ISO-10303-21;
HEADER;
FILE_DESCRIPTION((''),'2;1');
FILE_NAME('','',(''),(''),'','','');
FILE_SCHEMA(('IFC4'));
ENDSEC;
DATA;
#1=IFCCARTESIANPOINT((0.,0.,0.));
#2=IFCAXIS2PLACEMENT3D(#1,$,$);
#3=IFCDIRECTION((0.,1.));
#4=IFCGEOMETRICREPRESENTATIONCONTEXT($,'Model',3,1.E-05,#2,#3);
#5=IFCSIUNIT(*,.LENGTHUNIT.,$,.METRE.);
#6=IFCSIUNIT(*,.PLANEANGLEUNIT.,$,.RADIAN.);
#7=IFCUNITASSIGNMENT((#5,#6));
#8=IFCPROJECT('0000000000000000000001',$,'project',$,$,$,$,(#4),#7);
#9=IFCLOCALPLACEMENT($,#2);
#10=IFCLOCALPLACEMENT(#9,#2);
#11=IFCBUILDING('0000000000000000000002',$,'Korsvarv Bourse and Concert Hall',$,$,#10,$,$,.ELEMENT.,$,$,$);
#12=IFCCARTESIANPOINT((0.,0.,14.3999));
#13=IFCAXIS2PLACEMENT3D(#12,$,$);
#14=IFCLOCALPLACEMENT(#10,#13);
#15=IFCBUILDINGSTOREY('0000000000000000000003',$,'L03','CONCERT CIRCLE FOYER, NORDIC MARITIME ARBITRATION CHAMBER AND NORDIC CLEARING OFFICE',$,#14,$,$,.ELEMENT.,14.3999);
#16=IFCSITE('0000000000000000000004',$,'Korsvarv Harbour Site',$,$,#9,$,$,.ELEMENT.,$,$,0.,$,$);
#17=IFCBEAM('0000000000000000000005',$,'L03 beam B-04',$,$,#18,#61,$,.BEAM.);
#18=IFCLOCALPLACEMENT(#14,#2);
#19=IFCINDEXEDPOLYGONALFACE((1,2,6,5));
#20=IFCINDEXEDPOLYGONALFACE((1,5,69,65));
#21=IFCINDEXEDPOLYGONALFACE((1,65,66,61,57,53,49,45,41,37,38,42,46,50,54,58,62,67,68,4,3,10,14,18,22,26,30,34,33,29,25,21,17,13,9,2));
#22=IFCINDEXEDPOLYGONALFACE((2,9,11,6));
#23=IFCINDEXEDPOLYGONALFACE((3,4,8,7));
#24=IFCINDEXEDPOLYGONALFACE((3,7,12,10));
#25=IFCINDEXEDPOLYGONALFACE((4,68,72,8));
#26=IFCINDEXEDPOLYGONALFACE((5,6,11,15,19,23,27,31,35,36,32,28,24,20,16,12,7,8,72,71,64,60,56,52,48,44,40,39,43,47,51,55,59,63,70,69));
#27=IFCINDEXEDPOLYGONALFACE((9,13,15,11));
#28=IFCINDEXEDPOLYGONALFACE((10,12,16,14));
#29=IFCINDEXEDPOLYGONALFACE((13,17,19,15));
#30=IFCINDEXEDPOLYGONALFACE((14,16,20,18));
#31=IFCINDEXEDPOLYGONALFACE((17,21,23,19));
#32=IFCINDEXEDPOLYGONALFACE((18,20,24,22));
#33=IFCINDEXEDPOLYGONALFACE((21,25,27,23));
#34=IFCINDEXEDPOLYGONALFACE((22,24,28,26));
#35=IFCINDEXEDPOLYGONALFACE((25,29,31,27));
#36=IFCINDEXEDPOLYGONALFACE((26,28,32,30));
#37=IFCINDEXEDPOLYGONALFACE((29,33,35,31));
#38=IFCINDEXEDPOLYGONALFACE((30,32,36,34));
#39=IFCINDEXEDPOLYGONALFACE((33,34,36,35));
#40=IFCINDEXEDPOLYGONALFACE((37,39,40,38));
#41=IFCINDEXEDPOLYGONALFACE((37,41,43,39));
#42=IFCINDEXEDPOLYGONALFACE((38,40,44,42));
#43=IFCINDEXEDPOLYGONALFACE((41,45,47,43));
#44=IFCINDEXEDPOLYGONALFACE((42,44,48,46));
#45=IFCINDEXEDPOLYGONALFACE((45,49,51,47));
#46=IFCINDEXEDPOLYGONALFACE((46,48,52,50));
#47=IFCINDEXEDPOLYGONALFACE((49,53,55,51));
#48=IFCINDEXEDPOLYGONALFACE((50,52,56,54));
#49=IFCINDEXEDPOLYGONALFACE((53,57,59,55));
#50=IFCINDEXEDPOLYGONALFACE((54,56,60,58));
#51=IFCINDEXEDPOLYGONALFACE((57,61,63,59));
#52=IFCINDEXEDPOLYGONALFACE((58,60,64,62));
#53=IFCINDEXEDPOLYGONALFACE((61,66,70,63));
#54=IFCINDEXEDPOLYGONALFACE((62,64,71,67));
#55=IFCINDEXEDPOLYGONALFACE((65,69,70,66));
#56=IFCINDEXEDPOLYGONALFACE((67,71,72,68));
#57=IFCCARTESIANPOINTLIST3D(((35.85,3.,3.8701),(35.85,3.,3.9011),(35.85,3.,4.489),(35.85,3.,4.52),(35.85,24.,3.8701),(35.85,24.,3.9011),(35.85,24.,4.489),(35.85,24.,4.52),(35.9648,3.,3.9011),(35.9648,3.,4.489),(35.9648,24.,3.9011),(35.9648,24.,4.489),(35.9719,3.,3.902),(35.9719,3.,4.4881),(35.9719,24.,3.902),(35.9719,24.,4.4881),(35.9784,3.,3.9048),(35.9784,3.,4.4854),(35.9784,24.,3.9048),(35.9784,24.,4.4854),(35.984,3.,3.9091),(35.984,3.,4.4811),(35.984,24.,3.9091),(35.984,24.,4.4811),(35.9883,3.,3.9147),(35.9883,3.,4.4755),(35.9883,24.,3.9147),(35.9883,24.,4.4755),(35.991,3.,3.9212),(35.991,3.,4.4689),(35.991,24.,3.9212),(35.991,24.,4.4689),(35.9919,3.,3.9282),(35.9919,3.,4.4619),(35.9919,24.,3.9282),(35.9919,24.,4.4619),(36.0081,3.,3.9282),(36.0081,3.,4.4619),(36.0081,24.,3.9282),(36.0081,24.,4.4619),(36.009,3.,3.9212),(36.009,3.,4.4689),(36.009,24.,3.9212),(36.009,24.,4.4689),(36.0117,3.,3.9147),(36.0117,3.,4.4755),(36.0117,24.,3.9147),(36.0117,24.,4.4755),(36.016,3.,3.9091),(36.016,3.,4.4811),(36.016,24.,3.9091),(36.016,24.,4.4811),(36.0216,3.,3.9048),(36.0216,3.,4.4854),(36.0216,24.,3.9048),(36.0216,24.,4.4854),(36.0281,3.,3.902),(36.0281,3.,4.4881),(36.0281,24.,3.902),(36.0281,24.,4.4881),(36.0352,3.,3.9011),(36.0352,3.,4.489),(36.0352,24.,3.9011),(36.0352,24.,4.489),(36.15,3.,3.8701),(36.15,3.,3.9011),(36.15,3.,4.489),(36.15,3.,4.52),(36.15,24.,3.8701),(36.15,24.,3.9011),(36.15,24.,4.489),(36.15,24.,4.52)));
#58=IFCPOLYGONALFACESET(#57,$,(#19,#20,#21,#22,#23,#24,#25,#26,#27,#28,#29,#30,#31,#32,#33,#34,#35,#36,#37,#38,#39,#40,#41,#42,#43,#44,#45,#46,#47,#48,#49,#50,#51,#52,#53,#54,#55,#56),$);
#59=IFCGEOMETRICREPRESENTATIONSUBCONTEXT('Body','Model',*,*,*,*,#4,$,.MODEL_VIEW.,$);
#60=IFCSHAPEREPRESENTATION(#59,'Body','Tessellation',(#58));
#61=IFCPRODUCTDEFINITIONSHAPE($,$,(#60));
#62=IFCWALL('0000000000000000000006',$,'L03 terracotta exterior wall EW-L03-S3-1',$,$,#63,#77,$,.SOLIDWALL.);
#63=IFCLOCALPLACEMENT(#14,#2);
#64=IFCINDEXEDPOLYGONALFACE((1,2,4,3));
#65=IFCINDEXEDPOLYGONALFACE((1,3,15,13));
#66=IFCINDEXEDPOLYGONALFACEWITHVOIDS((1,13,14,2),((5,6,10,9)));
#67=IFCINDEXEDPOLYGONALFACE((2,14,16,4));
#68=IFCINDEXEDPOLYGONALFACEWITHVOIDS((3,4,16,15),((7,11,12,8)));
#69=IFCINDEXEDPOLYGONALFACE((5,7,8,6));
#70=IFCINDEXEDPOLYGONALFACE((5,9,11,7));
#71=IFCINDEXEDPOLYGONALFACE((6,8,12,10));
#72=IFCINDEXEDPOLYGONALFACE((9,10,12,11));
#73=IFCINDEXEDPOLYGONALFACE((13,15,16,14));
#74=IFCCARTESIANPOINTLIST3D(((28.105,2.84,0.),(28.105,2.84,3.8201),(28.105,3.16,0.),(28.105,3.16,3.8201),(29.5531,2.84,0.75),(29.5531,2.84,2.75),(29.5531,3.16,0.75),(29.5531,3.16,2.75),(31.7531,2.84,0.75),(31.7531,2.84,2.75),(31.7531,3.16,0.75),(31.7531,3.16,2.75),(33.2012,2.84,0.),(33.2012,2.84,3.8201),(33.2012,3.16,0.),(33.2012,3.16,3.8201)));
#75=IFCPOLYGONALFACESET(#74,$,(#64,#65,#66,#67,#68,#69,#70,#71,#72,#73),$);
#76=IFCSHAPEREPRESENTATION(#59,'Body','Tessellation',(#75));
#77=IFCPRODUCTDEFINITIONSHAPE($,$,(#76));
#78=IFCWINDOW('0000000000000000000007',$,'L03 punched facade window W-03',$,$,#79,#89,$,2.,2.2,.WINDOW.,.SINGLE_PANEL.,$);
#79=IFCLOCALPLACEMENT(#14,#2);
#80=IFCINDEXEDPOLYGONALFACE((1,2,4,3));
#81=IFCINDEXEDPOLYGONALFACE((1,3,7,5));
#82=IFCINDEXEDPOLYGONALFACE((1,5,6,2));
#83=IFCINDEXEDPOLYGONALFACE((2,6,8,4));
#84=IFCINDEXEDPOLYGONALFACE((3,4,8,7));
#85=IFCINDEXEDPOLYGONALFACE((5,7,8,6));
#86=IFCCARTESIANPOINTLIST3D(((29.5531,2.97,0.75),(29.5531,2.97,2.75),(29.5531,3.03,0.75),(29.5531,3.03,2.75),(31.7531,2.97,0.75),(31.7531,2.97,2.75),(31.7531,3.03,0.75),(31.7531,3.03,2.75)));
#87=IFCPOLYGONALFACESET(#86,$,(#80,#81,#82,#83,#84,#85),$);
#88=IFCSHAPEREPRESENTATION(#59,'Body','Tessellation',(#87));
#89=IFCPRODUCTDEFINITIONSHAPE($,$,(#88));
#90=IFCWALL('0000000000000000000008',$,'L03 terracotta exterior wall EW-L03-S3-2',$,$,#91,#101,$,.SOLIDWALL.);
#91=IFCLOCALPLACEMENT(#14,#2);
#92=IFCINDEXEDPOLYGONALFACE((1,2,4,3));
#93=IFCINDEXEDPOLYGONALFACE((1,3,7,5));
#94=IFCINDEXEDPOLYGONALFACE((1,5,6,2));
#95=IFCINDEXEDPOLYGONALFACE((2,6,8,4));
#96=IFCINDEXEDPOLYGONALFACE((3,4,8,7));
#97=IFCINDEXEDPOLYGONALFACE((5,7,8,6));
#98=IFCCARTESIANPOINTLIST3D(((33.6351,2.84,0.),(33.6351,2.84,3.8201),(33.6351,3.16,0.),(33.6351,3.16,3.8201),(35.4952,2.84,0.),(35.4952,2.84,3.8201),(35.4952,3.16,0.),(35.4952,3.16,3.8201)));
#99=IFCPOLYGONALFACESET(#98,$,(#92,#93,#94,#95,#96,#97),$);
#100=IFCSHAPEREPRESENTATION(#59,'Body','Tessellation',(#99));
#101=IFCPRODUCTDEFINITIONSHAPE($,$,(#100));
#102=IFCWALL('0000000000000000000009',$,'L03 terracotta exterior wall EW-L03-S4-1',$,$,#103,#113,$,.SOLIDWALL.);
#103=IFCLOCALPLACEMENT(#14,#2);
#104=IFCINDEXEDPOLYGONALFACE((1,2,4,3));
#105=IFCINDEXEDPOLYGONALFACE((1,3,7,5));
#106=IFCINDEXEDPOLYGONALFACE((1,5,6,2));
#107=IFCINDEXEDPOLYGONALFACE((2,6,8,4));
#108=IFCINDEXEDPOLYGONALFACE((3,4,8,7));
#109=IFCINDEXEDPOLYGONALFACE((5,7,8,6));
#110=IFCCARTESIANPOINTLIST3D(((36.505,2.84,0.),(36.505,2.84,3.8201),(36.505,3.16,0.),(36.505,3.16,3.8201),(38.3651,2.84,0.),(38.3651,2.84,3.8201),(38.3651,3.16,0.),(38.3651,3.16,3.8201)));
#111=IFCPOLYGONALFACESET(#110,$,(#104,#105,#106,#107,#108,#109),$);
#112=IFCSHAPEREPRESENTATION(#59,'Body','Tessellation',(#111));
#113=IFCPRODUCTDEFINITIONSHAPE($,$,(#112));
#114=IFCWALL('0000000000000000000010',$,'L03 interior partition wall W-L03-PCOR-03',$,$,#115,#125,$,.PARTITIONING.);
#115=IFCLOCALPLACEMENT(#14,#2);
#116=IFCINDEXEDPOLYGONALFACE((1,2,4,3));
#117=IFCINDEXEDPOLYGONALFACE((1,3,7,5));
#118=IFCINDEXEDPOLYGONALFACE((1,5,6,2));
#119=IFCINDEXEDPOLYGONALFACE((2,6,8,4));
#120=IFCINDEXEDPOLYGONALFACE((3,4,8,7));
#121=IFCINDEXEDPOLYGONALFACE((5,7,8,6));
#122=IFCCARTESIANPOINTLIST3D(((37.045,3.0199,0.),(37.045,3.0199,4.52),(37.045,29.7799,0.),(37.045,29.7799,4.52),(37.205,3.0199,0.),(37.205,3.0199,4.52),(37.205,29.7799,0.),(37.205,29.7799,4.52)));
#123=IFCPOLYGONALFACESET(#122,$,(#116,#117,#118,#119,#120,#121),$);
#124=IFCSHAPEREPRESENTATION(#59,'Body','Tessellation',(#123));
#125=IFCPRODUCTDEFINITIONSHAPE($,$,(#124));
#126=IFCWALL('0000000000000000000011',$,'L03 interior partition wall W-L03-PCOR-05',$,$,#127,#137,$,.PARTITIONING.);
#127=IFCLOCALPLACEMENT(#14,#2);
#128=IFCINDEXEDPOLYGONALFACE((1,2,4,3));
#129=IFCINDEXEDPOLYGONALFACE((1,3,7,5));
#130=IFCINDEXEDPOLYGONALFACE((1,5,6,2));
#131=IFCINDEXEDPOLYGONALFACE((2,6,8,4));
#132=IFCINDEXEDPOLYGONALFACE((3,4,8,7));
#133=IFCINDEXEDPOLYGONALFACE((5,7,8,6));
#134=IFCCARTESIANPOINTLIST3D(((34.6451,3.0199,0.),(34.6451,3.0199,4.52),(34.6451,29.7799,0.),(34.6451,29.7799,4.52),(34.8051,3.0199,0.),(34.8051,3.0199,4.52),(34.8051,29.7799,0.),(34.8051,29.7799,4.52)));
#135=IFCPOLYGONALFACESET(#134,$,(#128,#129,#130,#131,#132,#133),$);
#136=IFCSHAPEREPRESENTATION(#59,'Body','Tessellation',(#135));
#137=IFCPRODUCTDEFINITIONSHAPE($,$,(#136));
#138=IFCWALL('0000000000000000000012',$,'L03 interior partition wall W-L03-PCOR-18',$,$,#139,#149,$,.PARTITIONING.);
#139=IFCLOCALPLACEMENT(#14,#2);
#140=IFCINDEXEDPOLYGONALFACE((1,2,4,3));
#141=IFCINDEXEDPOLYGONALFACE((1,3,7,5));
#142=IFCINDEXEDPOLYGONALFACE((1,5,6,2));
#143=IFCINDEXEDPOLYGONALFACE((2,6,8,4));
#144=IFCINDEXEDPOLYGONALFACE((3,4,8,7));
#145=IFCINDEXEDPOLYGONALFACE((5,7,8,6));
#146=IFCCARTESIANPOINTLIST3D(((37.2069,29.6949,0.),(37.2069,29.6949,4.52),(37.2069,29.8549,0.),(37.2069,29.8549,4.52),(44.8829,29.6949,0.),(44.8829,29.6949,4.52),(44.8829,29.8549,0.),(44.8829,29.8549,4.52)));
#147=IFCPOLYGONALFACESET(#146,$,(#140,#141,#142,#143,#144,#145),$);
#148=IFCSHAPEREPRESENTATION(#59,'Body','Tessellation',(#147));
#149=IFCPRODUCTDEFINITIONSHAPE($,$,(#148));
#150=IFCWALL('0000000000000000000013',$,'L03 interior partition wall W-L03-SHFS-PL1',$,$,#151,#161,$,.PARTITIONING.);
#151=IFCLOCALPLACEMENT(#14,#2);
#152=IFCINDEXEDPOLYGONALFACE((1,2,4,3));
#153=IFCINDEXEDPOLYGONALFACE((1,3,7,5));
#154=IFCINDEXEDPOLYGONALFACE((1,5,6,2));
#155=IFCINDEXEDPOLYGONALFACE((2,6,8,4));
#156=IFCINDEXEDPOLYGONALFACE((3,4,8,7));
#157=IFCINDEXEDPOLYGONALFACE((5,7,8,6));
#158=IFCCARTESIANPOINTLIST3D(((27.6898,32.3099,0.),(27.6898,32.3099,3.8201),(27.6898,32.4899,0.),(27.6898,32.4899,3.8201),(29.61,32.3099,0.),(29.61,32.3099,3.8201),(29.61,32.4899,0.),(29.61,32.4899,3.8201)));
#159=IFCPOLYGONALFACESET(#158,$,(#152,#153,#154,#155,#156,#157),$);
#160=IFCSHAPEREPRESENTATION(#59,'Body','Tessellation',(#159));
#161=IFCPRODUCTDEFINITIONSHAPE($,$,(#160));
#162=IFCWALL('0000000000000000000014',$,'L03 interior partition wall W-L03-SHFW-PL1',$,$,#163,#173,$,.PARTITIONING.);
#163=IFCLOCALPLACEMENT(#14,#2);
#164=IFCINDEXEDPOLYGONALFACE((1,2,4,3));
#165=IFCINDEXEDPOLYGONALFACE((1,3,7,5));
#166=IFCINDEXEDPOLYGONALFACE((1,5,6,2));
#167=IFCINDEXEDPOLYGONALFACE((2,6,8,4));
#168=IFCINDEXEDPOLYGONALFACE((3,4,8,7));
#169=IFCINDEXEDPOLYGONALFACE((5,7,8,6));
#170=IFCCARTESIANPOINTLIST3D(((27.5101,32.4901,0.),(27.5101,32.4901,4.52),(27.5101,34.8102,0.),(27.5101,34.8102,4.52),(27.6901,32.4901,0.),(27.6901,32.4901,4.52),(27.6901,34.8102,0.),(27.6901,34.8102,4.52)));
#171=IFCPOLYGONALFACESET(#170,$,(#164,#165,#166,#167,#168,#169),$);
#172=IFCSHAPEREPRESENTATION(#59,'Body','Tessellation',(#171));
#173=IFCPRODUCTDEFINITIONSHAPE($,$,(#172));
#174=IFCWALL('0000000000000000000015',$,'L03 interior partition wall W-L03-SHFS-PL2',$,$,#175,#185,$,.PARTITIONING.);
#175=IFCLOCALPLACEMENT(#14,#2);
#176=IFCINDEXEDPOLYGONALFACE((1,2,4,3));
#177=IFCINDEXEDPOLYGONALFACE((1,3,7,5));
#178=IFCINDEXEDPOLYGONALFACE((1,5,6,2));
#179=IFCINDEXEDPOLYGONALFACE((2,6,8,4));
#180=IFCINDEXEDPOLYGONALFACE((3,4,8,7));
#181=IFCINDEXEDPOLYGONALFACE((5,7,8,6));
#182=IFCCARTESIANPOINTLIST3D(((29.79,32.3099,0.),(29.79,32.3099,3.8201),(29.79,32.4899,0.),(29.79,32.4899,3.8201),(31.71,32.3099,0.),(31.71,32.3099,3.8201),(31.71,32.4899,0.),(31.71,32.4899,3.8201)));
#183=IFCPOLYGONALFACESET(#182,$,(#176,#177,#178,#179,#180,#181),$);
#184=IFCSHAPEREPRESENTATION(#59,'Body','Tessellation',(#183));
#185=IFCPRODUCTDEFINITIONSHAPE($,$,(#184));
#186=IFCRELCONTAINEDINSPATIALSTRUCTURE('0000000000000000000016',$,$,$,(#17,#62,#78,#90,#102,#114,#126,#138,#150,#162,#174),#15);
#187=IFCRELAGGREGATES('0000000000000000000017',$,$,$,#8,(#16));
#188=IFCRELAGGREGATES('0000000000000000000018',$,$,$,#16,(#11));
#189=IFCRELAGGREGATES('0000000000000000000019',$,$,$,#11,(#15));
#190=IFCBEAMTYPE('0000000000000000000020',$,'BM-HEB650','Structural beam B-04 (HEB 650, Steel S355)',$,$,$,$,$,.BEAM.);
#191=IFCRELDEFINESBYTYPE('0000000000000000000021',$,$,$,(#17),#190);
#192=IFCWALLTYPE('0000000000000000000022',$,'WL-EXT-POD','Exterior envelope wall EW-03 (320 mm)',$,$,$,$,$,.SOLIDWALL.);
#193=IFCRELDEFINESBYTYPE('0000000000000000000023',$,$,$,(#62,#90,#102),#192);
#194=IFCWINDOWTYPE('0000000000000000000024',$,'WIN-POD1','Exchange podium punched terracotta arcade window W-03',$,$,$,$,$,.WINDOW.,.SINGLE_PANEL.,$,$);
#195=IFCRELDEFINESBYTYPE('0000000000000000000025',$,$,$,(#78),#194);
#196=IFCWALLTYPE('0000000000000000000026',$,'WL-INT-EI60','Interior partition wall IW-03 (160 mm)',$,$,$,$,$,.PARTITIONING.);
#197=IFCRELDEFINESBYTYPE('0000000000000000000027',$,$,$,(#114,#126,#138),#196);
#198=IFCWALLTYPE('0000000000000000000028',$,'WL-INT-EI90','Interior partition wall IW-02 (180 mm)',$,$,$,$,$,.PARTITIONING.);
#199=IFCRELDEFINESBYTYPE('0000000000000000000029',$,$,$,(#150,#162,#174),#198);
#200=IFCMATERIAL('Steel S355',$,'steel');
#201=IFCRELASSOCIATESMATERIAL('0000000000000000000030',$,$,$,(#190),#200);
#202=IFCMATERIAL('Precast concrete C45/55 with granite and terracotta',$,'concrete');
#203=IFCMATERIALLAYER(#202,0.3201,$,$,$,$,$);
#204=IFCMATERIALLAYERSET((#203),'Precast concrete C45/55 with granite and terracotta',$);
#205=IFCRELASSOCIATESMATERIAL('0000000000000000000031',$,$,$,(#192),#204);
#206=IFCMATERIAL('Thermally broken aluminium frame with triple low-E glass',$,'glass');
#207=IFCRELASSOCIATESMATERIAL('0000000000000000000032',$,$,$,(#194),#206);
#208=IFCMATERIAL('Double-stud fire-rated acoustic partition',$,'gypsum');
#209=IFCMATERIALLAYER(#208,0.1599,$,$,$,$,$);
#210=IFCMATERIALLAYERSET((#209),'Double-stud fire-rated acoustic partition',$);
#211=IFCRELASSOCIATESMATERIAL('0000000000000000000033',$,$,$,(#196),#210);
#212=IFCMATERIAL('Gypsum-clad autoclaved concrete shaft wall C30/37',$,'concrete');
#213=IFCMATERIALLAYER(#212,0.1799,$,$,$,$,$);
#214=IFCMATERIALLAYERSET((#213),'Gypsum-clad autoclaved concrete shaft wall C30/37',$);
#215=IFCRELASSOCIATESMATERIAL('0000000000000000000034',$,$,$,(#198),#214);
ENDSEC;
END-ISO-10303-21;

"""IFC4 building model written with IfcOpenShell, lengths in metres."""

from ifc_helpers import new_model, si_unit, direction, frame, frame_2d, origin, origin_2d, place, context, subcontext, project, spatial, rectangle, i_section, extrude, source, transform, mapped, material, layer, layer_set, material_profile, profile_set, type_object, element, fill, save


model = new_model("IFC4")

# Units and contexts
model_context = context("Model", 3, precision=1e-05, world=origin(), true_north=direction((0.0, 1.0)))
body_context = subcontext(model_context, "Body", "Model", "MODEL_VIEW")
ifc_project = project(units=[si_unit("LENGTHUNIT", "METRE"), si_unit("PLANEANGLEUNIT", "RADIAN")], contexts=[model_context])

# Site, building, storey
site_placement = place(None, origin())
site = spatial("IfcSite", under=ifc_project, at=site_placement, Name="Korsvarv Harbour Site", CompositionType="ELEMENT", RefElevation=0.0)
building_placement = place(site_placement, origin())
building = spatial("IfcBuilding", under=site, at=building_placement, Name="Korsvarv Bourse and Concert Hall", CompositionType="ELEMENT")
storey_placement = place(building_placement, frame((0.0, 0.0, 14.3999)))
storey = spatial("IfcBuildingStorey", under=building, at=storey_placement, Name="L03", Description="CONCERT CIRCLE FOYER, NORDIC MARITIME ARBITRATION CHAMBER AND NORDIC CLEARING OFFICE", CompositionType="ELEMENT", Elevation=14.3999)

# Beam
ifc_material_1 = material(Name="Steel S355", Category="steel")
ifc_material_profile_1 = material_profile(ifc_material_1, i_section(OverallWidth=0.3, OverallDepth=0.6499, WebThickness=0.0161, FlangeThickness=0.031, FilletRadius=0.0271, at=origin_2d()), Name="HEB 650")
ifc_profile_set_1 = profile_set([ifc_material_profile_1], Name="Steel S355")
beam_type_1 = type_object("IfcBeamType", Name="BM-HEB650", Description="Structural beam B-04 (HEB 650, Steel S355)", PredefinedType="BEAM", material=ifc_profile_set_1)
shared_shape_1 = source(origin(), body_context, "Body", "SweptSolid", [
    extrude(i_section(OverallWidth=0.3, OverallDepth=0.6499, WebThickness=0.0161, FlangeThickness=0.031, FilletRadius=0.0271, at=origin_2d()), origin(), (0.0, 0.0, 1.0), 21.0),
])
for number, where, z_axis, x_axis, name in (
    (1, (36.0, 3.0, 4.1951), (0.0, 1.0, 0.0), (-1.0, 0.0, 0.0), "L03 beam B-04"),
):
    element("IfcBeam", number, at=place(storey_placement, frame(where, z_axis=z_axis, x_axis=x_axis)), inside=storey, type_object=beam_type_1, Name=name, PredefinedType="BEAM", context=body_context, shape_type="MappedRepresentation", body=[
        mapped(shared_shape_1, transform((0.0, 0.0, 0.0), scale=1.0)),
    ])

# Wall, opening, window
ifc_material_2 = material(Name="Precast concrete C45/55 with granite and terracotta", Category="concrete")
ifc_layer_1 = layer(ifc_material_2, 0.3201)
ifc_layer_set_1 = layer_set([ifc_layer_1], Name="Precast concrete C45/55 with granite and terracotta")
wall_type_1 = type_object("IfcWallType", Name="WL-EXT-POD", Description="Exterior envelope wall EW-03 (320 mm)", PredefinedType="SOLIDWALL", material=ifc_layer_set_1)
wall_1_placement = place(storey_placement, frame((28.105, 3.0, 0.0), z_axis=(0.0, 0.0, 1.0), x_axis=(1.0, 0.0, 0.0)))
wall_1 = element("IfcWall", 2, at=wall_1_placement, inside=storey, type_object=wall_type_1, Name="L03 terracotta exterior wall EW-L03-S3-1", PredefinedType="SOLIDWALL", context=body_context, shape_type="SweptSolid", body=[
    extrude(rectangle(XDim=5.0962, YDim=0.3201, at=frame_2d((2.5481, 0.0))), origin(), (0.0, 0.0, 1.0), 3.8201),
])
opening_placement = place(wall_1_placement, frame((1.448, 0.0, 0.75)))
opening = element("IfcOpeningElement", 3, at=opening_placement, cuts=wall_1, PredefinedType="OPENING", context=body_context, shape_type="SweptSolid", body=[
    extrude(rectangle(XDim=2.2, YDim=2.0, at=frame_2d((1.1001, 1.0))), frame((0.0, 0.1699, 0.0), z_axis=(0.0, -1.0, 0.0), x_axis=(1.0, 0.0, 0.0)), (0.0, 0.0, 1.0), 0.3401),
])
ifc_material_3 = material(Name="Thermally broken aluminium frame with triple low-E glass", Category="glass")
window_type = type_object("IfcWindowType", Name="WIN-POD1", Description="Exchange podium punched terracotta arcade window W-03", PartitioningType="SINGLE_PANEL", PredefinedType="WINDOW", material=ifc_material_3)
window_placement = place(opening_placement, origin())
window = element("IfcWindow", 4, at=window_placement, inside=storey, type_object=window_type, Name="L03 punched facade window W-03", OverallHeight=2.0, OverallWidth=2.2, PartitioningType="SINGLE_PANEL", PredefinedType="WINDOW", context=body_context, shape_type="SweptSolid", body=[
    extrude(rectangle(XDim=2.2, YDim=2.0, at=frame_2d((1.1001, 1.0))), frame((0.0, 0.03, 0.0), z_axis=(0.0, -1.0, 0.0), x_axis=(1.0, 0.0, 0.0)), (0.0, 0.0, 1.0), 0.0601),
])
fill(opening, window)

# Walls
for number, where, z_axis, x_axis, name in (
    (5, (33.635, 3.0, 0.0), (0.0, 0.0, 1.0), (1.0, 0.0, 0.0), "L03 terracotta exterior wall EW-L03-S3-2"),
    (6, (36.5049, 3.0, 0.0), (0.0, 0.0, 1.0), (1.0, 0.0, 0.0), "L03 terracotta exterior wall EW-L03-S4-1"),
):
    element("IfcWall", number, at=place(storey_placement, frame(where, z_axis=z_axis, x_axis=x_axis)), inside=storey, type_object=wall_type_1, Name=name, PredefinedType="SOLIDWALL", context=body_context, shape_type="SweptSolid", body=[
        extrude(rectangle(XDim=1.8601, YDim=0.3201, at=frame_2d((0.9302, 0.0))), origin(), (0.0, 0.0, 1.0), 3.8201),
    ])
ifc_material_4 = material(Name="Double-stud fire-rated acoustic partition", Category="gypsum")
ifc_layer_2 = layer(ifc_material_4, 0.1599)
ifc_layer_set_2 = layer_set([ifc_layer_2], Name="Double-stud fire-rated acoustic partition")
wall_type_2 = type_object("IfcWallType", Name="WL-INT-EI60", Description="Interior partition wall IW-03 (160 mm)", PredefinedType="PARTITIONING", material=ifc_layer_set_2)
for number, where, z_axis, x_axis, name in (
    (7, (37.125, 3.02, 0.0), (0.0, 0.0, 1.0), (0.0, 1.0, 0.0), "L03 interior partition wall W-L03-PCOR-03"),
    (8, (34.7251, 3.02, 0.0), (0.0, 0.0, 1.0), (0.0, 1.0, 0.0), "L03 interior partition wall W-L03-PCOR-05"),
):
    element("IfcWall", number, at=place(storey_placement, frame(where, z_axis=z_axis, x_axis=x_axis)), inside=storey, type_object=wall_type_2, Name=name, PredefinedType="PARTITIONING", context=body_context, shape_type="SweptSolid", body=[
        extrude(rectangle(XDim=26.76, YDim=0.1599, at=frame_2d((13.3799, 0.0))), origin(), (0.0, 0.0, 1.0), 4.52),
    ])
wall_2_placement = place(storey_placement, frame((37.207, 29.7749, 0.0), z_axis=(0.0, 0.0, 1.0), x_axis=(1.0, 0.0, 0.0)))
element("IfcWall", 9, at=wall_2_placement, inside=storey, type_object=wall_type_2, Name="L03 interior partition wall W-L03-PCOR-18", PredefinedType="PARTITIONING", context=body_context, shape_type="SweptSolid", body=[
    extrude(rectangle(XDim=7.676, YDim=0.1599, at=frame_2d((3.8379, 0.0))), origin(), (0.0, 0.0, 1.0), 4.52),
])
ifc_material_5 = material(Name="Gypsum-clad autoclaved concrete shaft wall C30/37", Category="concrete")
ifc_layer_3 = layer(ifc_material_5, 0.1799)
ifc_layer_set_3 = layer_set([ifc_layer_3], Name="Gypsum-clad autoclaved concrete shaft wall C30/37")
wall_type_3 = type_object("IfcWallType", Name="WL-INT-EI90", Description="Interior partition wall IW-02 (180 mm)", PredefinedType="PARTITIONING", material=ifc_layer_set_3)
wall_3_placement = place(storey_placement, frame((27.6899, 32.3999, 0.0), z_axis=(0.0, 0.0, 1.0), x_axis=(1.0, 0.0, 0.0)))
element("IfcWall", 10, at=wall_3_placement, inside=storey, type_object=wall_type_3, Name="L03 interior partition wall W-L03-SHFS-PL1", PredefinedType="PARTITIONING", context=body_context, shape_type="SweptSolid", body=[
    extrude(rectangle(XDim=1.9202, YDim=0.1799, at=frame_2d((0.96, 0.0))), origin(), (0.0, 0.0, 1.0), 3.8201),
])
wall_4_placement = place(storey_placement, frame((27.6001, 32.49, 0.0), z_axis=(0.0, 0.0, 1.0), x_axis=(0.0, 1.0, 0.0)))
element("IfcWall", 11, at=wall_4_placement, inside=storey, type_object=wall_type_3, Name="L03 interior partition wall W-L03-SHFW-PL1", PredefinedType="PARTITIONING", context=body_context, shape_type="SweptSolid", body=[
    extrude(rectangle(XDim=2.3201, YDim=0.1799, at=frame_2d((1.1602, 0.0))), origin(), (0.0, 0.0, 1.0), 4.52),
])
wall_5_placement = place(storey_placement, frame((29.79, 32.3999, 0.0), z_axis=(0.0, 0.0, 1.0), x_axis=(1.0, 0.0, 0.0)))
element("IfcWall", 12, at=wall_5_placement, inside=storey, type_object=wall_type_3, Name="L03 interior partition wall W-L03-SHFS-PL2", PredefinedType="PARTITIONING", context=body_context, shape_type="SweptSolid", body=[
    extrude(rectangle(XDim=1.9199, YDim=0.1799, at=frame_2d((0.96, 0.0))), origin(), (0.0, 0.0, 1.0), 3.8201),
])

save(model, "model.ifc")
